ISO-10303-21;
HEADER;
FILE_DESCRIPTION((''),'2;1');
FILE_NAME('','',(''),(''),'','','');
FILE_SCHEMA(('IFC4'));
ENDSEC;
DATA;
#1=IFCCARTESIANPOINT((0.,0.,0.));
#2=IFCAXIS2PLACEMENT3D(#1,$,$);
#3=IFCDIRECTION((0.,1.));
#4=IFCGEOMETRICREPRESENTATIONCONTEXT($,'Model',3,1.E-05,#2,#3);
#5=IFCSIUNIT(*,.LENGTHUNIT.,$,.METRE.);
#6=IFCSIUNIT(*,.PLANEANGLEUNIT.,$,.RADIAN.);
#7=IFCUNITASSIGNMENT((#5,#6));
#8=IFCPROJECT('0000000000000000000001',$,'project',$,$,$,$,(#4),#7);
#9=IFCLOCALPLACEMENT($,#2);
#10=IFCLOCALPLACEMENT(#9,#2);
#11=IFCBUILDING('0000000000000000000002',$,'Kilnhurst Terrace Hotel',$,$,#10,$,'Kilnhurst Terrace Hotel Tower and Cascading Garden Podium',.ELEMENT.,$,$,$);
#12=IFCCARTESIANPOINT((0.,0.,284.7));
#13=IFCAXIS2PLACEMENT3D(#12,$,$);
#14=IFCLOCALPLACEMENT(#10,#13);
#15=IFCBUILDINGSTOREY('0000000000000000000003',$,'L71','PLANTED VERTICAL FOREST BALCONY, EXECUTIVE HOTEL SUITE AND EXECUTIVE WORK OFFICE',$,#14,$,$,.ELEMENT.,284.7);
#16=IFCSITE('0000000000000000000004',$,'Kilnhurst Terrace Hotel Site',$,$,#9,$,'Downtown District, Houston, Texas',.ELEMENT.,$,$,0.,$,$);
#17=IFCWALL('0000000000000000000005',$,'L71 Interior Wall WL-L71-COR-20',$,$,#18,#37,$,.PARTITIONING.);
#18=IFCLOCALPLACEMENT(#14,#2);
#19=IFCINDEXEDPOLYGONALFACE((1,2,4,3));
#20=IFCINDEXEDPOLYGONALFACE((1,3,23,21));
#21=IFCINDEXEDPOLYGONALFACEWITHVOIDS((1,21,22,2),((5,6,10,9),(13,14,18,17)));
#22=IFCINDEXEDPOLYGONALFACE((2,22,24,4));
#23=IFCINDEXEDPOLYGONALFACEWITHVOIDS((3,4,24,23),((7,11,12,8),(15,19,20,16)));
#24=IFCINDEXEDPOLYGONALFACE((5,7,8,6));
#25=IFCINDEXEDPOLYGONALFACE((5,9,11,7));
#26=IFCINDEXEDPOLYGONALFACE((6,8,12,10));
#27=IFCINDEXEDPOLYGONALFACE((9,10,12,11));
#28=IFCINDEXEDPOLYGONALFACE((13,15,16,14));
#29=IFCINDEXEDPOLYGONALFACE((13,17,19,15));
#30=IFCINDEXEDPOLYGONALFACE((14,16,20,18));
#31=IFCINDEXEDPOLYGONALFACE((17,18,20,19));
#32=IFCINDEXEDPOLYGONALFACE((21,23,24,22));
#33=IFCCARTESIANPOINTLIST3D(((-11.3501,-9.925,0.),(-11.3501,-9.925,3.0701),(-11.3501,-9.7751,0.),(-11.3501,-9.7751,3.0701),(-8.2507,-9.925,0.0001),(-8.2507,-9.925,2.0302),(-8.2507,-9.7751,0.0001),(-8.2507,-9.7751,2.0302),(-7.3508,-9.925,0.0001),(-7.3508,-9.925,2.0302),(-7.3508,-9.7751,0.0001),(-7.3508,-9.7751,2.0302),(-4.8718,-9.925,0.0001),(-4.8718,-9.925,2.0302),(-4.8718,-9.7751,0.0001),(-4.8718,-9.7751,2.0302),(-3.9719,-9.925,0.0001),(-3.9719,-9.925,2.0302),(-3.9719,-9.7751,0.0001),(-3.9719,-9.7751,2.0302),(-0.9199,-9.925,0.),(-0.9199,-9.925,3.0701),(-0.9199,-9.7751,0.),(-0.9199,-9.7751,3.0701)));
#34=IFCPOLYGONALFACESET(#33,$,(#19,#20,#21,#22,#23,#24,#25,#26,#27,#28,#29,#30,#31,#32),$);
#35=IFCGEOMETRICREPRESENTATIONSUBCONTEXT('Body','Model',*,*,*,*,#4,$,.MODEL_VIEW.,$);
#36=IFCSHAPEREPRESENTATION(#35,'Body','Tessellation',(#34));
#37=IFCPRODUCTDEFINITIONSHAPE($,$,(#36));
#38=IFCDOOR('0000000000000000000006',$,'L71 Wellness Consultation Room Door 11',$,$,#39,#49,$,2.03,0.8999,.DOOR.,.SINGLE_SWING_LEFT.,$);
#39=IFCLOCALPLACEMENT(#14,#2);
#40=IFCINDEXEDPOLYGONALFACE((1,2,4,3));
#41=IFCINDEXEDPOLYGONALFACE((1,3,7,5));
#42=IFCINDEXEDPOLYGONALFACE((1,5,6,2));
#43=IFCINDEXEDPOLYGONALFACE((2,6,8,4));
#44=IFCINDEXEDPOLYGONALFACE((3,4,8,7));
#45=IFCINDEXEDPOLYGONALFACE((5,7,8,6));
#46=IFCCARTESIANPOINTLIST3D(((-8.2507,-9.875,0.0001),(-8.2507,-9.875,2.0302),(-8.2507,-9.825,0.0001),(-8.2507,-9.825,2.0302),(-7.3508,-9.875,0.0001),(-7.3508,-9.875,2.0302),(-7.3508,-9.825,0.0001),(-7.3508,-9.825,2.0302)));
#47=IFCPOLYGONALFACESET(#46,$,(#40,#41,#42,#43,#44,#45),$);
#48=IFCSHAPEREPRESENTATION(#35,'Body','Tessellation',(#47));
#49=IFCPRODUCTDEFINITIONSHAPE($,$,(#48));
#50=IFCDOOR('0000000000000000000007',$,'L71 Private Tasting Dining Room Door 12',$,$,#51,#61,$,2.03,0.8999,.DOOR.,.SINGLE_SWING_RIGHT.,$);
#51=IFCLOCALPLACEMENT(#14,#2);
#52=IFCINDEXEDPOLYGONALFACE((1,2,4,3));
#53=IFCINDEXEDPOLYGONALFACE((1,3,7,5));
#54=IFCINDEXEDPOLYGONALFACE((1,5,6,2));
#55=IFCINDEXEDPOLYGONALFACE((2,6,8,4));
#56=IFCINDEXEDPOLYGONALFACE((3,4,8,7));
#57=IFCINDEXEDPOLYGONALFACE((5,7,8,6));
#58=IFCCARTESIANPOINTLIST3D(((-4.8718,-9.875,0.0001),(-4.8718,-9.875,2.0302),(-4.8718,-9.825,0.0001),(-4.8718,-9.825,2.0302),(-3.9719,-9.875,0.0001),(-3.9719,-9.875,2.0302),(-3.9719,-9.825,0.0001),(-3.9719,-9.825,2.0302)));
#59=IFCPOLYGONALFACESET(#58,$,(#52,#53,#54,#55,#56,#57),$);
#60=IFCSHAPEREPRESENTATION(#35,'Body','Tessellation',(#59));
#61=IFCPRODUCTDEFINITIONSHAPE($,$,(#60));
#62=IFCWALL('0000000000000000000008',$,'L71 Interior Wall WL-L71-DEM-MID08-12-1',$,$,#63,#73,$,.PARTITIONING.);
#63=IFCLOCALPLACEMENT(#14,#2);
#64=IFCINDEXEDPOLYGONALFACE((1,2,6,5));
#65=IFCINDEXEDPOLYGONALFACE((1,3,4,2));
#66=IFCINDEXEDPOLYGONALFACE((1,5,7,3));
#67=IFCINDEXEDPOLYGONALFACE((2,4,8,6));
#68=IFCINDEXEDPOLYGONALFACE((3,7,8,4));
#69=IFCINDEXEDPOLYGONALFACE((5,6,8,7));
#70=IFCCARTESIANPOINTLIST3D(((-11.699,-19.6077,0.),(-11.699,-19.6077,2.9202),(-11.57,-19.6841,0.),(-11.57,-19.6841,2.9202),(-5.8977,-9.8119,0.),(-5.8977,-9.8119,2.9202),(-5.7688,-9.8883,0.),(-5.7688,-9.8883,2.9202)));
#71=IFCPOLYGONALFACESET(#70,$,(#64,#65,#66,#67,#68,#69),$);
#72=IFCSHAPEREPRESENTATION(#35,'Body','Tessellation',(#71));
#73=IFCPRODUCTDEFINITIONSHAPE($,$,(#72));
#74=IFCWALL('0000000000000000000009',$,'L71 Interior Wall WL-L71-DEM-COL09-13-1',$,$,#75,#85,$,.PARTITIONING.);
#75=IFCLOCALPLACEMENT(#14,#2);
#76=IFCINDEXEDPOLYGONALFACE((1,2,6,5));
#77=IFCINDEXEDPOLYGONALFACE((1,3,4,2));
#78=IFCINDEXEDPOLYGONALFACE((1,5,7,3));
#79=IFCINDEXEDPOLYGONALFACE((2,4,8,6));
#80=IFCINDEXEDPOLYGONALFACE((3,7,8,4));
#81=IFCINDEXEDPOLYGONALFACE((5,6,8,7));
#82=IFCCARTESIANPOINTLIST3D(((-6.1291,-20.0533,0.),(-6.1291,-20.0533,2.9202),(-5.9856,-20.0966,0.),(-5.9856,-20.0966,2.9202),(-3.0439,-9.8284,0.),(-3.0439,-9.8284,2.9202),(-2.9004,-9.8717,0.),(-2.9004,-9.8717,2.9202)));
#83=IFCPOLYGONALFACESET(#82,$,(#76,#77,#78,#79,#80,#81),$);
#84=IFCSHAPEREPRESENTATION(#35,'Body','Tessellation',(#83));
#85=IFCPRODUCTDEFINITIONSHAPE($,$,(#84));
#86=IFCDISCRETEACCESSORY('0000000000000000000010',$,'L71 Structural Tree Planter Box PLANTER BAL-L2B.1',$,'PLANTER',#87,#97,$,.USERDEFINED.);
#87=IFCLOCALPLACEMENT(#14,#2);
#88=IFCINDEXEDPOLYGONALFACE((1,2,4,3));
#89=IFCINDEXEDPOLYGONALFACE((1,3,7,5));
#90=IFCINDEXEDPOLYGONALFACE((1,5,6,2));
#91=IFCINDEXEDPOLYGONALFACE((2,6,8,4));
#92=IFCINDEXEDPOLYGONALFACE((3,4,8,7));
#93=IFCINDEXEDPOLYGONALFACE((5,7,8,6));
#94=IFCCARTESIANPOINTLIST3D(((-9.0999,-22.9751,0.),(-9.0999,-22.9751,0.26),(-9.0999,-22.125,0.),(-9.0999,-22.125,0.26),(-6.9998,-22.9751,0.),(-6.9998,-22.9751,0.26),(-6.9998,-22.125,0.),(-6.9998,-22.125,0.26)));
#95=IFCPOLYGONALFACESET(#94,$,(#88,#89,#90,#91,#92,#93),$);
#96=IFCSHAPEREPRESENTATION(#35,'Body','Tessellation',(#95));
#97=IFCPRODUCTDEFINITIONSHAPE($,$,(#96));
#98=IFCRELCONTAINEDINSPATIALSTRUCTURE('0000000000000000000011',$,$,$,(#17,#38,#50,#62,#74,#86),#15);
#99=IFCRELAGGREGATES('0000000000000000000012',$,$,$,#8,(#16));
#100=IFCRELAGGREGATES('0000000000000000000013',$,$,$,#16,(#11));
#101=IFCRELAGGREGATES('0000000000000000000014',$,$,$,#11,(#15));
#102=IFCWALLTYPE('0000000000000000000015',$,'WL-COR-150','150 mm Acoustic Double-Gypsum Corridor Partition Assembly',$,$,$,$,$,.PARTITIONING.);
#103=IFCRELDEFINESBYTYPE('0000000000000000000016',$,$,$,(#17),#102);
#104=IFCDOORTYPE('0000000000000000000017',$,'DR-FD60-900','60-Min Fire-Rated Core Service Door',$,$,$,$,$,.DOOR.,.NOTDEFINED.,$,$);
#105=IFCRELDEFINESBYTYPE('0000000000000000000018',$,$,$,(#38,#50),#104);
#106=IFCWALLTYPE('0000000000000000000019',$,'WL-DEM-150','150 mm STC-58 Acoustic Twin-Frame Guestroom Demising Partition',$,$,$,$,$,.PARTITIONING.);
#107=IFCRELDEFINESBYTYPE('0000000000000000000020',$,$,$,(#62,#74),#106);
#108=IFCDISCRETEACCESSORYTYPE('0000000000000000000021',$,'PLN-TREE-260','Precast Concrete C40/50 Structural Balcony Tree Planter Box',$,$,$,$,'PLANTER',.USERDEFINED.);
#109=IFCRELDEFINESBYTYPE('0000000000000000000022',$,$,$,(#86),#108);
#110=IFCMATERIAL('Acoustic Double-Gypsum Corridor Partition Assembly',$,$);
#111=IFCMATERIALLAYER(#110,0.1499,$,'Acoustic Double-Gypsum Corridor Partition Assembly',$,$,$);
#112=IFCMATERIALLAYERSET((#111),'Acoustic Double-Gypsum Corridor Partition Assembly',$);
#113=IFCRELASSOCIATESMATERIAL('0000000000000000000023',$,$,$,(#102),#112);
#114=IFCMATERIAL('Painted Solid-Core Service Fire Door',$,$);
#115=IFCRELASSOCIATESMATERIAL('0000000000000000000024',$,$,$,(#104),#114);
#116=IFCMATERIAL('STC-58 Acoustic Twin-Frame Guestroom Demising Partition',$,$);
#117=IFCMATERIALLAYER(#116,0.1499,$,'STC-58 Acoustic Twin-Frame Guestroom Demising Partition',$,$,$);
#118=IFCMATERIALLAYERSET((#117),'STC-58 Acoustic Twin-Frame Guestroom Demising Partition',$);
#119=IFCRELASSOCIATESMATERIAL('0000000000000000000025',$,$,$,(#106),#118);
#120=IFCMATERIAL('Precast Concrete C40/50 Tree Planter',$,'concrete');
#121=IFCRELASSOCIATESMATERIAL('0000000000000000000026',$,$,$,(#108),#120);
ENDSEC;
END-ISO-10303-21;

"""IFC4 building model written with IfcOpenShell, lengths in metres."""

from ifc_helpers import new_model, si_unit, direction, frame, frame_2d, origin, origin_2d, place, context, subcontext, project, spatial, rectangle, extrude, material, layer, layer_set, type_object, element, fill, save


model = new_model("IFC4")

# Units and contexts
model_context = context("Model", 3, precision=1e-05, world=origin(), true_north=direction((0.0, 1.0)))
body_context = subcontext(model_context, "Body", "Model", "MODEL_VIEW")
ifc_project = project(units=[si_unit("LENGTHUNIT", "METRE"), si_unit("PLANEANGLEUNIT", "RADIAN")], contexts=[model_context])

# Site, building, storey
site_placement = place(None, origin())
site = spatial("IfcSite", under=ifc_project, at=site_placement, Name="Kilnhurst Terrace Hotel Site", LongName="Downtown District, Houston, Texas", CompositionType="ELEMENT", RefElevation=0.0)
building_placement = place(site_placement, origin())
building = spatial("IfcBuilding", under=site, at=building_placement, Name="Kilnhurst Terrace Hotel", LongName="Kilnhurst Terrace Hotel Tower and Cascading Garden Podium", CompositionType="ELEMENT")
storey_placement = place(building_placement, frame((0.0, 0.0, 284.7)))
storey = spatial("IfcBuildingStorey", under=building, at=storey_placement, Name="L71", Description="PLANTED VERTICAL FOREST BALCONY, EXECUTIVE HOTEL SUITE AND EXECUTIVE WORK OFFICE", CompositionType="ELEMENT", Elevation=284.7)

# Shared definitions
ifc_material_1 = material(Name="Acoustic Double-Gypsum Corridor Partition Assembly")
ifc_layer_1 = layer(ifc_material_1, 0.1499, Name="Acoustic Double-Gypsum Corridor Partition Assembly")
ifc_layer_set_1 = layer_set([ifc_layer_1], Name="Acoustic Double-Gypsum Corridor Partition Assembly")
wall_type_1 = type_object("IfcWallType", Name="WL-COR-150", Description="150 mm Acoustic Double-Gypsum Corridor Partition Assembly", PredefinedType="PARTITIONING", material=ifc_layer_set_1)

# Wall, openings, doors
wall_1_placement = place(storey_placement, frame((-0.9199, -9.8501, 0.0), z_axis=(0.0, 0.0, 1.0), x_axis=(-1.0, 0.0, 0.0)))
wall_1 = element("IfcWall", 1, at=wall_1_placement, inside=storey, type_object=wall_type_1, Name="L71 Interior Wall WL-L71-COR-20", PredefinedType="PARTITIONING", context=body_context, shape_type="SweptSolid", body=[
    extrude(rectangle(XDim=10.4302, YDim=0.1499, at=frame_2d((5.2151, 0.0))), origin(), (0.0, 0.0, 1.0), 3.0701),
])
opening_1_placement = place(wall_1_placement, frame((6.4309, 0.0, 0.0)))
opening_1 = element("IfcOpeningElement", 2, at=opening_1_placement, cuts=wall_1, PredefinedType="OPENING", context=body_context, shape_type="SweptSolid", body=[
    extrude(rectangle(XDim=0.8999, YDim=2.03, at=frame_2d((0.45, 1.0151))), frame((0.0, 0.085, 0.0), z_axis=(0.0, -1.0, 0.0), x_axis=(1.0, 0.0, 0.0)), (0.0, 0.0, 1.0), 0.1699),
])
opening_2_placement = place(wall_1_placement, frame((3.052, 0.0, 0.0)))
opening_2 = element("IfcOpeningElement", 3, at=opening_2_placement, cuts=wall_1, PredefinedType="OPENING", context=body_context, shape_type="SweptSolid", body=[
    extrude(rectangle(XDim=0.8999, YDim=2.03, at=frame_2d((0.45, 1.0151))), frame((0.0, 0.085, 0.0), z_axis=(0.0, -1.0, 0.0), x_axis=(1.0, 0.0, 0.0)), (0.0, 0.0, 1.0), 0.1699),
])
ifc_material_2 = material(Name="Painted Solid-Core Service Fire Door")
door_type = type_object("IfcDoorType", Name="DR-FD60-900", Description="60-Min Fire-Rated Core Service Door", OperationType="NOTDEFINED", PredefinedType="DOOR", material=ifc_material_2)
door_1_placement = place(opening_1_placement, origin())
door_1 = element("IfcDoor", 4, at=door_1_placement, inside=storey, type_object=door_type, Name="L71 Wellness Consultation Room Door 11", OperationType="SINGLE_SWING_LEFT", OverallHeight=2.03, OverallWidth=0.8999, PredefinedType="DOOR", context=body_context, shape_type="SweptSolid", body=[
    extrude(rectangle(XDim=0.8999, YDim=2.03, at=frame_2d((0.45, 1.0151))), frame((0.0, 0.0249, 0.0), z_axis=(0.0, -1.0, 0.0), x_axis=(1.0, 0.0, 0.0)), (0.0, 0.0, 1.0), 0.05),
])
fill(opening_1, door_1)
door_2_placement = place(opening_2_placement, origin())
door_2 = element("IfcDoor", 5, at=door_2_placement, inside=storey, type_object=door_type, Name="L71 Private Tasting Dining Room Door 12", OperationType="SINGLE_SWING_RIGHT", OverallHeight=2.03, OverallWidth=0.8999, PredefinedType="DOOR", context=body_context, shape_type="SweptSolid", body=[
    extrude(rectangle(XDim=0.8999, YDim=2.03, at=frame_2d((0.45, 1.0151))), frame((0.0, 0.0249, 0.0), z_axis=(0.0, -1.0, 0.0), x_axis=(1.0, 0.0, 0.0)), (0.0, 0.0, 1.0), 0.05),
])
fill(opening_2, door_2)

# Walls
ifc_material_3 = material(Name="STC-58 Acoustic Twin-Frame Guestroom Demising Partition")
ifc_layer_2 = layer(ifc_material_3, 0.1499, Name="STC-58 Acoustic Twin-Frame Guestroom Demising Partition")
ifc_layer_set_2 = layer_set([ifc_layer_2], Name="STC-58 Acoustic Twin-Frame Guestroom Demising Partition")
wall_type_2 = type_object("IfcWallType", Name="WL-DEM-150", Description="150 mm STC-58 Acoustic Twin-Frame Guestroom Demising Partition", PredefinedType="PARTITIONING", material=ifc_layer_set_2)
wall_2_placement = place(storey_placement, frame((-5.8333, -9.8501, 0.0), z_axis=(0.0, 0.0, 1.0), x_axis=(-0.509561, -0.860434, 0.0)))
element("IfcWall", 6, at=wall_2_placement, inside=storey, type_object=wall_type_2, Name="L71 Interior Wall WL-L71-DEM-MID08-12-1", PredefinedType="PARTITIONING", context=body_context, shape_type="SweptSolid", body=[
    extrude(rectangle(XDim=11.3848, YDim=0.1499, at=frame_2d((5.6924, 0.0))), origin(), (0.0, 0.0, 1.0), 2.9202),
])
wall_3_placement = place(storey_placement, frame((-2.9722, -9.8501, 0.0), z_axis=(0.0, 0.0, 1.0), x_axis=(-0.288872, -0.957368, 0.0)))
element("IfcWall", 7, at=wall_3_placement, inside=storey, type_object=wall_type_2, Name="L71 Interior Wall WL-L71-DEM-COL09-13-1", PredefinedType="PARTITIONING", context=body_context, shape_type="SweptSolid", body=[
    extrude(rectangle(XDim=10.6802, YDim=0.1499, at=frame_2d((5.3401, 0.0))), origin(), (0.0, 0.0, 1.0), 2.9202),
])

# Discrete accessory
ifc_material_4 = material(Name="Precast Concrete C40/50 Tree Planter", Category="concrete")
discrete_accessory_type = type_object("IfcDiscreteAccessoryType", Name="PLN-TREE-260", Description="Precast Concrete C40/50 Structural Balcony Tree Planter Box", ElementType="PLANTER", PredefinedType="USERDEFINED", material=ifc_material_4)
discrete_accessory_placement = place(storey_placement, frame((-8.0498, -22.55, 0.0), z_axis=(0.0, 0.0, 1.0), x_axis=(1.0, 0.0, 0.0)))
element("IfcDiscreteAccessory", 8, at=discrete_accessory_placement, inside=storey, type_object=discrete_accessory_type, Name="L71 Structural Tree Planter Box PLANTER BAL-L2B.1", ObjectType="PLANTER", PredefinedType="USERDEFINED", context=body_context, shape_type="SweptSolid", body=[
    extrude(rectangle(XDim=2.1001, YDim=0.8501, at=origin_2d()), origin(), (0.0, 0.0, 1.0), 0.26),
])

save(model, "model.ifc")
